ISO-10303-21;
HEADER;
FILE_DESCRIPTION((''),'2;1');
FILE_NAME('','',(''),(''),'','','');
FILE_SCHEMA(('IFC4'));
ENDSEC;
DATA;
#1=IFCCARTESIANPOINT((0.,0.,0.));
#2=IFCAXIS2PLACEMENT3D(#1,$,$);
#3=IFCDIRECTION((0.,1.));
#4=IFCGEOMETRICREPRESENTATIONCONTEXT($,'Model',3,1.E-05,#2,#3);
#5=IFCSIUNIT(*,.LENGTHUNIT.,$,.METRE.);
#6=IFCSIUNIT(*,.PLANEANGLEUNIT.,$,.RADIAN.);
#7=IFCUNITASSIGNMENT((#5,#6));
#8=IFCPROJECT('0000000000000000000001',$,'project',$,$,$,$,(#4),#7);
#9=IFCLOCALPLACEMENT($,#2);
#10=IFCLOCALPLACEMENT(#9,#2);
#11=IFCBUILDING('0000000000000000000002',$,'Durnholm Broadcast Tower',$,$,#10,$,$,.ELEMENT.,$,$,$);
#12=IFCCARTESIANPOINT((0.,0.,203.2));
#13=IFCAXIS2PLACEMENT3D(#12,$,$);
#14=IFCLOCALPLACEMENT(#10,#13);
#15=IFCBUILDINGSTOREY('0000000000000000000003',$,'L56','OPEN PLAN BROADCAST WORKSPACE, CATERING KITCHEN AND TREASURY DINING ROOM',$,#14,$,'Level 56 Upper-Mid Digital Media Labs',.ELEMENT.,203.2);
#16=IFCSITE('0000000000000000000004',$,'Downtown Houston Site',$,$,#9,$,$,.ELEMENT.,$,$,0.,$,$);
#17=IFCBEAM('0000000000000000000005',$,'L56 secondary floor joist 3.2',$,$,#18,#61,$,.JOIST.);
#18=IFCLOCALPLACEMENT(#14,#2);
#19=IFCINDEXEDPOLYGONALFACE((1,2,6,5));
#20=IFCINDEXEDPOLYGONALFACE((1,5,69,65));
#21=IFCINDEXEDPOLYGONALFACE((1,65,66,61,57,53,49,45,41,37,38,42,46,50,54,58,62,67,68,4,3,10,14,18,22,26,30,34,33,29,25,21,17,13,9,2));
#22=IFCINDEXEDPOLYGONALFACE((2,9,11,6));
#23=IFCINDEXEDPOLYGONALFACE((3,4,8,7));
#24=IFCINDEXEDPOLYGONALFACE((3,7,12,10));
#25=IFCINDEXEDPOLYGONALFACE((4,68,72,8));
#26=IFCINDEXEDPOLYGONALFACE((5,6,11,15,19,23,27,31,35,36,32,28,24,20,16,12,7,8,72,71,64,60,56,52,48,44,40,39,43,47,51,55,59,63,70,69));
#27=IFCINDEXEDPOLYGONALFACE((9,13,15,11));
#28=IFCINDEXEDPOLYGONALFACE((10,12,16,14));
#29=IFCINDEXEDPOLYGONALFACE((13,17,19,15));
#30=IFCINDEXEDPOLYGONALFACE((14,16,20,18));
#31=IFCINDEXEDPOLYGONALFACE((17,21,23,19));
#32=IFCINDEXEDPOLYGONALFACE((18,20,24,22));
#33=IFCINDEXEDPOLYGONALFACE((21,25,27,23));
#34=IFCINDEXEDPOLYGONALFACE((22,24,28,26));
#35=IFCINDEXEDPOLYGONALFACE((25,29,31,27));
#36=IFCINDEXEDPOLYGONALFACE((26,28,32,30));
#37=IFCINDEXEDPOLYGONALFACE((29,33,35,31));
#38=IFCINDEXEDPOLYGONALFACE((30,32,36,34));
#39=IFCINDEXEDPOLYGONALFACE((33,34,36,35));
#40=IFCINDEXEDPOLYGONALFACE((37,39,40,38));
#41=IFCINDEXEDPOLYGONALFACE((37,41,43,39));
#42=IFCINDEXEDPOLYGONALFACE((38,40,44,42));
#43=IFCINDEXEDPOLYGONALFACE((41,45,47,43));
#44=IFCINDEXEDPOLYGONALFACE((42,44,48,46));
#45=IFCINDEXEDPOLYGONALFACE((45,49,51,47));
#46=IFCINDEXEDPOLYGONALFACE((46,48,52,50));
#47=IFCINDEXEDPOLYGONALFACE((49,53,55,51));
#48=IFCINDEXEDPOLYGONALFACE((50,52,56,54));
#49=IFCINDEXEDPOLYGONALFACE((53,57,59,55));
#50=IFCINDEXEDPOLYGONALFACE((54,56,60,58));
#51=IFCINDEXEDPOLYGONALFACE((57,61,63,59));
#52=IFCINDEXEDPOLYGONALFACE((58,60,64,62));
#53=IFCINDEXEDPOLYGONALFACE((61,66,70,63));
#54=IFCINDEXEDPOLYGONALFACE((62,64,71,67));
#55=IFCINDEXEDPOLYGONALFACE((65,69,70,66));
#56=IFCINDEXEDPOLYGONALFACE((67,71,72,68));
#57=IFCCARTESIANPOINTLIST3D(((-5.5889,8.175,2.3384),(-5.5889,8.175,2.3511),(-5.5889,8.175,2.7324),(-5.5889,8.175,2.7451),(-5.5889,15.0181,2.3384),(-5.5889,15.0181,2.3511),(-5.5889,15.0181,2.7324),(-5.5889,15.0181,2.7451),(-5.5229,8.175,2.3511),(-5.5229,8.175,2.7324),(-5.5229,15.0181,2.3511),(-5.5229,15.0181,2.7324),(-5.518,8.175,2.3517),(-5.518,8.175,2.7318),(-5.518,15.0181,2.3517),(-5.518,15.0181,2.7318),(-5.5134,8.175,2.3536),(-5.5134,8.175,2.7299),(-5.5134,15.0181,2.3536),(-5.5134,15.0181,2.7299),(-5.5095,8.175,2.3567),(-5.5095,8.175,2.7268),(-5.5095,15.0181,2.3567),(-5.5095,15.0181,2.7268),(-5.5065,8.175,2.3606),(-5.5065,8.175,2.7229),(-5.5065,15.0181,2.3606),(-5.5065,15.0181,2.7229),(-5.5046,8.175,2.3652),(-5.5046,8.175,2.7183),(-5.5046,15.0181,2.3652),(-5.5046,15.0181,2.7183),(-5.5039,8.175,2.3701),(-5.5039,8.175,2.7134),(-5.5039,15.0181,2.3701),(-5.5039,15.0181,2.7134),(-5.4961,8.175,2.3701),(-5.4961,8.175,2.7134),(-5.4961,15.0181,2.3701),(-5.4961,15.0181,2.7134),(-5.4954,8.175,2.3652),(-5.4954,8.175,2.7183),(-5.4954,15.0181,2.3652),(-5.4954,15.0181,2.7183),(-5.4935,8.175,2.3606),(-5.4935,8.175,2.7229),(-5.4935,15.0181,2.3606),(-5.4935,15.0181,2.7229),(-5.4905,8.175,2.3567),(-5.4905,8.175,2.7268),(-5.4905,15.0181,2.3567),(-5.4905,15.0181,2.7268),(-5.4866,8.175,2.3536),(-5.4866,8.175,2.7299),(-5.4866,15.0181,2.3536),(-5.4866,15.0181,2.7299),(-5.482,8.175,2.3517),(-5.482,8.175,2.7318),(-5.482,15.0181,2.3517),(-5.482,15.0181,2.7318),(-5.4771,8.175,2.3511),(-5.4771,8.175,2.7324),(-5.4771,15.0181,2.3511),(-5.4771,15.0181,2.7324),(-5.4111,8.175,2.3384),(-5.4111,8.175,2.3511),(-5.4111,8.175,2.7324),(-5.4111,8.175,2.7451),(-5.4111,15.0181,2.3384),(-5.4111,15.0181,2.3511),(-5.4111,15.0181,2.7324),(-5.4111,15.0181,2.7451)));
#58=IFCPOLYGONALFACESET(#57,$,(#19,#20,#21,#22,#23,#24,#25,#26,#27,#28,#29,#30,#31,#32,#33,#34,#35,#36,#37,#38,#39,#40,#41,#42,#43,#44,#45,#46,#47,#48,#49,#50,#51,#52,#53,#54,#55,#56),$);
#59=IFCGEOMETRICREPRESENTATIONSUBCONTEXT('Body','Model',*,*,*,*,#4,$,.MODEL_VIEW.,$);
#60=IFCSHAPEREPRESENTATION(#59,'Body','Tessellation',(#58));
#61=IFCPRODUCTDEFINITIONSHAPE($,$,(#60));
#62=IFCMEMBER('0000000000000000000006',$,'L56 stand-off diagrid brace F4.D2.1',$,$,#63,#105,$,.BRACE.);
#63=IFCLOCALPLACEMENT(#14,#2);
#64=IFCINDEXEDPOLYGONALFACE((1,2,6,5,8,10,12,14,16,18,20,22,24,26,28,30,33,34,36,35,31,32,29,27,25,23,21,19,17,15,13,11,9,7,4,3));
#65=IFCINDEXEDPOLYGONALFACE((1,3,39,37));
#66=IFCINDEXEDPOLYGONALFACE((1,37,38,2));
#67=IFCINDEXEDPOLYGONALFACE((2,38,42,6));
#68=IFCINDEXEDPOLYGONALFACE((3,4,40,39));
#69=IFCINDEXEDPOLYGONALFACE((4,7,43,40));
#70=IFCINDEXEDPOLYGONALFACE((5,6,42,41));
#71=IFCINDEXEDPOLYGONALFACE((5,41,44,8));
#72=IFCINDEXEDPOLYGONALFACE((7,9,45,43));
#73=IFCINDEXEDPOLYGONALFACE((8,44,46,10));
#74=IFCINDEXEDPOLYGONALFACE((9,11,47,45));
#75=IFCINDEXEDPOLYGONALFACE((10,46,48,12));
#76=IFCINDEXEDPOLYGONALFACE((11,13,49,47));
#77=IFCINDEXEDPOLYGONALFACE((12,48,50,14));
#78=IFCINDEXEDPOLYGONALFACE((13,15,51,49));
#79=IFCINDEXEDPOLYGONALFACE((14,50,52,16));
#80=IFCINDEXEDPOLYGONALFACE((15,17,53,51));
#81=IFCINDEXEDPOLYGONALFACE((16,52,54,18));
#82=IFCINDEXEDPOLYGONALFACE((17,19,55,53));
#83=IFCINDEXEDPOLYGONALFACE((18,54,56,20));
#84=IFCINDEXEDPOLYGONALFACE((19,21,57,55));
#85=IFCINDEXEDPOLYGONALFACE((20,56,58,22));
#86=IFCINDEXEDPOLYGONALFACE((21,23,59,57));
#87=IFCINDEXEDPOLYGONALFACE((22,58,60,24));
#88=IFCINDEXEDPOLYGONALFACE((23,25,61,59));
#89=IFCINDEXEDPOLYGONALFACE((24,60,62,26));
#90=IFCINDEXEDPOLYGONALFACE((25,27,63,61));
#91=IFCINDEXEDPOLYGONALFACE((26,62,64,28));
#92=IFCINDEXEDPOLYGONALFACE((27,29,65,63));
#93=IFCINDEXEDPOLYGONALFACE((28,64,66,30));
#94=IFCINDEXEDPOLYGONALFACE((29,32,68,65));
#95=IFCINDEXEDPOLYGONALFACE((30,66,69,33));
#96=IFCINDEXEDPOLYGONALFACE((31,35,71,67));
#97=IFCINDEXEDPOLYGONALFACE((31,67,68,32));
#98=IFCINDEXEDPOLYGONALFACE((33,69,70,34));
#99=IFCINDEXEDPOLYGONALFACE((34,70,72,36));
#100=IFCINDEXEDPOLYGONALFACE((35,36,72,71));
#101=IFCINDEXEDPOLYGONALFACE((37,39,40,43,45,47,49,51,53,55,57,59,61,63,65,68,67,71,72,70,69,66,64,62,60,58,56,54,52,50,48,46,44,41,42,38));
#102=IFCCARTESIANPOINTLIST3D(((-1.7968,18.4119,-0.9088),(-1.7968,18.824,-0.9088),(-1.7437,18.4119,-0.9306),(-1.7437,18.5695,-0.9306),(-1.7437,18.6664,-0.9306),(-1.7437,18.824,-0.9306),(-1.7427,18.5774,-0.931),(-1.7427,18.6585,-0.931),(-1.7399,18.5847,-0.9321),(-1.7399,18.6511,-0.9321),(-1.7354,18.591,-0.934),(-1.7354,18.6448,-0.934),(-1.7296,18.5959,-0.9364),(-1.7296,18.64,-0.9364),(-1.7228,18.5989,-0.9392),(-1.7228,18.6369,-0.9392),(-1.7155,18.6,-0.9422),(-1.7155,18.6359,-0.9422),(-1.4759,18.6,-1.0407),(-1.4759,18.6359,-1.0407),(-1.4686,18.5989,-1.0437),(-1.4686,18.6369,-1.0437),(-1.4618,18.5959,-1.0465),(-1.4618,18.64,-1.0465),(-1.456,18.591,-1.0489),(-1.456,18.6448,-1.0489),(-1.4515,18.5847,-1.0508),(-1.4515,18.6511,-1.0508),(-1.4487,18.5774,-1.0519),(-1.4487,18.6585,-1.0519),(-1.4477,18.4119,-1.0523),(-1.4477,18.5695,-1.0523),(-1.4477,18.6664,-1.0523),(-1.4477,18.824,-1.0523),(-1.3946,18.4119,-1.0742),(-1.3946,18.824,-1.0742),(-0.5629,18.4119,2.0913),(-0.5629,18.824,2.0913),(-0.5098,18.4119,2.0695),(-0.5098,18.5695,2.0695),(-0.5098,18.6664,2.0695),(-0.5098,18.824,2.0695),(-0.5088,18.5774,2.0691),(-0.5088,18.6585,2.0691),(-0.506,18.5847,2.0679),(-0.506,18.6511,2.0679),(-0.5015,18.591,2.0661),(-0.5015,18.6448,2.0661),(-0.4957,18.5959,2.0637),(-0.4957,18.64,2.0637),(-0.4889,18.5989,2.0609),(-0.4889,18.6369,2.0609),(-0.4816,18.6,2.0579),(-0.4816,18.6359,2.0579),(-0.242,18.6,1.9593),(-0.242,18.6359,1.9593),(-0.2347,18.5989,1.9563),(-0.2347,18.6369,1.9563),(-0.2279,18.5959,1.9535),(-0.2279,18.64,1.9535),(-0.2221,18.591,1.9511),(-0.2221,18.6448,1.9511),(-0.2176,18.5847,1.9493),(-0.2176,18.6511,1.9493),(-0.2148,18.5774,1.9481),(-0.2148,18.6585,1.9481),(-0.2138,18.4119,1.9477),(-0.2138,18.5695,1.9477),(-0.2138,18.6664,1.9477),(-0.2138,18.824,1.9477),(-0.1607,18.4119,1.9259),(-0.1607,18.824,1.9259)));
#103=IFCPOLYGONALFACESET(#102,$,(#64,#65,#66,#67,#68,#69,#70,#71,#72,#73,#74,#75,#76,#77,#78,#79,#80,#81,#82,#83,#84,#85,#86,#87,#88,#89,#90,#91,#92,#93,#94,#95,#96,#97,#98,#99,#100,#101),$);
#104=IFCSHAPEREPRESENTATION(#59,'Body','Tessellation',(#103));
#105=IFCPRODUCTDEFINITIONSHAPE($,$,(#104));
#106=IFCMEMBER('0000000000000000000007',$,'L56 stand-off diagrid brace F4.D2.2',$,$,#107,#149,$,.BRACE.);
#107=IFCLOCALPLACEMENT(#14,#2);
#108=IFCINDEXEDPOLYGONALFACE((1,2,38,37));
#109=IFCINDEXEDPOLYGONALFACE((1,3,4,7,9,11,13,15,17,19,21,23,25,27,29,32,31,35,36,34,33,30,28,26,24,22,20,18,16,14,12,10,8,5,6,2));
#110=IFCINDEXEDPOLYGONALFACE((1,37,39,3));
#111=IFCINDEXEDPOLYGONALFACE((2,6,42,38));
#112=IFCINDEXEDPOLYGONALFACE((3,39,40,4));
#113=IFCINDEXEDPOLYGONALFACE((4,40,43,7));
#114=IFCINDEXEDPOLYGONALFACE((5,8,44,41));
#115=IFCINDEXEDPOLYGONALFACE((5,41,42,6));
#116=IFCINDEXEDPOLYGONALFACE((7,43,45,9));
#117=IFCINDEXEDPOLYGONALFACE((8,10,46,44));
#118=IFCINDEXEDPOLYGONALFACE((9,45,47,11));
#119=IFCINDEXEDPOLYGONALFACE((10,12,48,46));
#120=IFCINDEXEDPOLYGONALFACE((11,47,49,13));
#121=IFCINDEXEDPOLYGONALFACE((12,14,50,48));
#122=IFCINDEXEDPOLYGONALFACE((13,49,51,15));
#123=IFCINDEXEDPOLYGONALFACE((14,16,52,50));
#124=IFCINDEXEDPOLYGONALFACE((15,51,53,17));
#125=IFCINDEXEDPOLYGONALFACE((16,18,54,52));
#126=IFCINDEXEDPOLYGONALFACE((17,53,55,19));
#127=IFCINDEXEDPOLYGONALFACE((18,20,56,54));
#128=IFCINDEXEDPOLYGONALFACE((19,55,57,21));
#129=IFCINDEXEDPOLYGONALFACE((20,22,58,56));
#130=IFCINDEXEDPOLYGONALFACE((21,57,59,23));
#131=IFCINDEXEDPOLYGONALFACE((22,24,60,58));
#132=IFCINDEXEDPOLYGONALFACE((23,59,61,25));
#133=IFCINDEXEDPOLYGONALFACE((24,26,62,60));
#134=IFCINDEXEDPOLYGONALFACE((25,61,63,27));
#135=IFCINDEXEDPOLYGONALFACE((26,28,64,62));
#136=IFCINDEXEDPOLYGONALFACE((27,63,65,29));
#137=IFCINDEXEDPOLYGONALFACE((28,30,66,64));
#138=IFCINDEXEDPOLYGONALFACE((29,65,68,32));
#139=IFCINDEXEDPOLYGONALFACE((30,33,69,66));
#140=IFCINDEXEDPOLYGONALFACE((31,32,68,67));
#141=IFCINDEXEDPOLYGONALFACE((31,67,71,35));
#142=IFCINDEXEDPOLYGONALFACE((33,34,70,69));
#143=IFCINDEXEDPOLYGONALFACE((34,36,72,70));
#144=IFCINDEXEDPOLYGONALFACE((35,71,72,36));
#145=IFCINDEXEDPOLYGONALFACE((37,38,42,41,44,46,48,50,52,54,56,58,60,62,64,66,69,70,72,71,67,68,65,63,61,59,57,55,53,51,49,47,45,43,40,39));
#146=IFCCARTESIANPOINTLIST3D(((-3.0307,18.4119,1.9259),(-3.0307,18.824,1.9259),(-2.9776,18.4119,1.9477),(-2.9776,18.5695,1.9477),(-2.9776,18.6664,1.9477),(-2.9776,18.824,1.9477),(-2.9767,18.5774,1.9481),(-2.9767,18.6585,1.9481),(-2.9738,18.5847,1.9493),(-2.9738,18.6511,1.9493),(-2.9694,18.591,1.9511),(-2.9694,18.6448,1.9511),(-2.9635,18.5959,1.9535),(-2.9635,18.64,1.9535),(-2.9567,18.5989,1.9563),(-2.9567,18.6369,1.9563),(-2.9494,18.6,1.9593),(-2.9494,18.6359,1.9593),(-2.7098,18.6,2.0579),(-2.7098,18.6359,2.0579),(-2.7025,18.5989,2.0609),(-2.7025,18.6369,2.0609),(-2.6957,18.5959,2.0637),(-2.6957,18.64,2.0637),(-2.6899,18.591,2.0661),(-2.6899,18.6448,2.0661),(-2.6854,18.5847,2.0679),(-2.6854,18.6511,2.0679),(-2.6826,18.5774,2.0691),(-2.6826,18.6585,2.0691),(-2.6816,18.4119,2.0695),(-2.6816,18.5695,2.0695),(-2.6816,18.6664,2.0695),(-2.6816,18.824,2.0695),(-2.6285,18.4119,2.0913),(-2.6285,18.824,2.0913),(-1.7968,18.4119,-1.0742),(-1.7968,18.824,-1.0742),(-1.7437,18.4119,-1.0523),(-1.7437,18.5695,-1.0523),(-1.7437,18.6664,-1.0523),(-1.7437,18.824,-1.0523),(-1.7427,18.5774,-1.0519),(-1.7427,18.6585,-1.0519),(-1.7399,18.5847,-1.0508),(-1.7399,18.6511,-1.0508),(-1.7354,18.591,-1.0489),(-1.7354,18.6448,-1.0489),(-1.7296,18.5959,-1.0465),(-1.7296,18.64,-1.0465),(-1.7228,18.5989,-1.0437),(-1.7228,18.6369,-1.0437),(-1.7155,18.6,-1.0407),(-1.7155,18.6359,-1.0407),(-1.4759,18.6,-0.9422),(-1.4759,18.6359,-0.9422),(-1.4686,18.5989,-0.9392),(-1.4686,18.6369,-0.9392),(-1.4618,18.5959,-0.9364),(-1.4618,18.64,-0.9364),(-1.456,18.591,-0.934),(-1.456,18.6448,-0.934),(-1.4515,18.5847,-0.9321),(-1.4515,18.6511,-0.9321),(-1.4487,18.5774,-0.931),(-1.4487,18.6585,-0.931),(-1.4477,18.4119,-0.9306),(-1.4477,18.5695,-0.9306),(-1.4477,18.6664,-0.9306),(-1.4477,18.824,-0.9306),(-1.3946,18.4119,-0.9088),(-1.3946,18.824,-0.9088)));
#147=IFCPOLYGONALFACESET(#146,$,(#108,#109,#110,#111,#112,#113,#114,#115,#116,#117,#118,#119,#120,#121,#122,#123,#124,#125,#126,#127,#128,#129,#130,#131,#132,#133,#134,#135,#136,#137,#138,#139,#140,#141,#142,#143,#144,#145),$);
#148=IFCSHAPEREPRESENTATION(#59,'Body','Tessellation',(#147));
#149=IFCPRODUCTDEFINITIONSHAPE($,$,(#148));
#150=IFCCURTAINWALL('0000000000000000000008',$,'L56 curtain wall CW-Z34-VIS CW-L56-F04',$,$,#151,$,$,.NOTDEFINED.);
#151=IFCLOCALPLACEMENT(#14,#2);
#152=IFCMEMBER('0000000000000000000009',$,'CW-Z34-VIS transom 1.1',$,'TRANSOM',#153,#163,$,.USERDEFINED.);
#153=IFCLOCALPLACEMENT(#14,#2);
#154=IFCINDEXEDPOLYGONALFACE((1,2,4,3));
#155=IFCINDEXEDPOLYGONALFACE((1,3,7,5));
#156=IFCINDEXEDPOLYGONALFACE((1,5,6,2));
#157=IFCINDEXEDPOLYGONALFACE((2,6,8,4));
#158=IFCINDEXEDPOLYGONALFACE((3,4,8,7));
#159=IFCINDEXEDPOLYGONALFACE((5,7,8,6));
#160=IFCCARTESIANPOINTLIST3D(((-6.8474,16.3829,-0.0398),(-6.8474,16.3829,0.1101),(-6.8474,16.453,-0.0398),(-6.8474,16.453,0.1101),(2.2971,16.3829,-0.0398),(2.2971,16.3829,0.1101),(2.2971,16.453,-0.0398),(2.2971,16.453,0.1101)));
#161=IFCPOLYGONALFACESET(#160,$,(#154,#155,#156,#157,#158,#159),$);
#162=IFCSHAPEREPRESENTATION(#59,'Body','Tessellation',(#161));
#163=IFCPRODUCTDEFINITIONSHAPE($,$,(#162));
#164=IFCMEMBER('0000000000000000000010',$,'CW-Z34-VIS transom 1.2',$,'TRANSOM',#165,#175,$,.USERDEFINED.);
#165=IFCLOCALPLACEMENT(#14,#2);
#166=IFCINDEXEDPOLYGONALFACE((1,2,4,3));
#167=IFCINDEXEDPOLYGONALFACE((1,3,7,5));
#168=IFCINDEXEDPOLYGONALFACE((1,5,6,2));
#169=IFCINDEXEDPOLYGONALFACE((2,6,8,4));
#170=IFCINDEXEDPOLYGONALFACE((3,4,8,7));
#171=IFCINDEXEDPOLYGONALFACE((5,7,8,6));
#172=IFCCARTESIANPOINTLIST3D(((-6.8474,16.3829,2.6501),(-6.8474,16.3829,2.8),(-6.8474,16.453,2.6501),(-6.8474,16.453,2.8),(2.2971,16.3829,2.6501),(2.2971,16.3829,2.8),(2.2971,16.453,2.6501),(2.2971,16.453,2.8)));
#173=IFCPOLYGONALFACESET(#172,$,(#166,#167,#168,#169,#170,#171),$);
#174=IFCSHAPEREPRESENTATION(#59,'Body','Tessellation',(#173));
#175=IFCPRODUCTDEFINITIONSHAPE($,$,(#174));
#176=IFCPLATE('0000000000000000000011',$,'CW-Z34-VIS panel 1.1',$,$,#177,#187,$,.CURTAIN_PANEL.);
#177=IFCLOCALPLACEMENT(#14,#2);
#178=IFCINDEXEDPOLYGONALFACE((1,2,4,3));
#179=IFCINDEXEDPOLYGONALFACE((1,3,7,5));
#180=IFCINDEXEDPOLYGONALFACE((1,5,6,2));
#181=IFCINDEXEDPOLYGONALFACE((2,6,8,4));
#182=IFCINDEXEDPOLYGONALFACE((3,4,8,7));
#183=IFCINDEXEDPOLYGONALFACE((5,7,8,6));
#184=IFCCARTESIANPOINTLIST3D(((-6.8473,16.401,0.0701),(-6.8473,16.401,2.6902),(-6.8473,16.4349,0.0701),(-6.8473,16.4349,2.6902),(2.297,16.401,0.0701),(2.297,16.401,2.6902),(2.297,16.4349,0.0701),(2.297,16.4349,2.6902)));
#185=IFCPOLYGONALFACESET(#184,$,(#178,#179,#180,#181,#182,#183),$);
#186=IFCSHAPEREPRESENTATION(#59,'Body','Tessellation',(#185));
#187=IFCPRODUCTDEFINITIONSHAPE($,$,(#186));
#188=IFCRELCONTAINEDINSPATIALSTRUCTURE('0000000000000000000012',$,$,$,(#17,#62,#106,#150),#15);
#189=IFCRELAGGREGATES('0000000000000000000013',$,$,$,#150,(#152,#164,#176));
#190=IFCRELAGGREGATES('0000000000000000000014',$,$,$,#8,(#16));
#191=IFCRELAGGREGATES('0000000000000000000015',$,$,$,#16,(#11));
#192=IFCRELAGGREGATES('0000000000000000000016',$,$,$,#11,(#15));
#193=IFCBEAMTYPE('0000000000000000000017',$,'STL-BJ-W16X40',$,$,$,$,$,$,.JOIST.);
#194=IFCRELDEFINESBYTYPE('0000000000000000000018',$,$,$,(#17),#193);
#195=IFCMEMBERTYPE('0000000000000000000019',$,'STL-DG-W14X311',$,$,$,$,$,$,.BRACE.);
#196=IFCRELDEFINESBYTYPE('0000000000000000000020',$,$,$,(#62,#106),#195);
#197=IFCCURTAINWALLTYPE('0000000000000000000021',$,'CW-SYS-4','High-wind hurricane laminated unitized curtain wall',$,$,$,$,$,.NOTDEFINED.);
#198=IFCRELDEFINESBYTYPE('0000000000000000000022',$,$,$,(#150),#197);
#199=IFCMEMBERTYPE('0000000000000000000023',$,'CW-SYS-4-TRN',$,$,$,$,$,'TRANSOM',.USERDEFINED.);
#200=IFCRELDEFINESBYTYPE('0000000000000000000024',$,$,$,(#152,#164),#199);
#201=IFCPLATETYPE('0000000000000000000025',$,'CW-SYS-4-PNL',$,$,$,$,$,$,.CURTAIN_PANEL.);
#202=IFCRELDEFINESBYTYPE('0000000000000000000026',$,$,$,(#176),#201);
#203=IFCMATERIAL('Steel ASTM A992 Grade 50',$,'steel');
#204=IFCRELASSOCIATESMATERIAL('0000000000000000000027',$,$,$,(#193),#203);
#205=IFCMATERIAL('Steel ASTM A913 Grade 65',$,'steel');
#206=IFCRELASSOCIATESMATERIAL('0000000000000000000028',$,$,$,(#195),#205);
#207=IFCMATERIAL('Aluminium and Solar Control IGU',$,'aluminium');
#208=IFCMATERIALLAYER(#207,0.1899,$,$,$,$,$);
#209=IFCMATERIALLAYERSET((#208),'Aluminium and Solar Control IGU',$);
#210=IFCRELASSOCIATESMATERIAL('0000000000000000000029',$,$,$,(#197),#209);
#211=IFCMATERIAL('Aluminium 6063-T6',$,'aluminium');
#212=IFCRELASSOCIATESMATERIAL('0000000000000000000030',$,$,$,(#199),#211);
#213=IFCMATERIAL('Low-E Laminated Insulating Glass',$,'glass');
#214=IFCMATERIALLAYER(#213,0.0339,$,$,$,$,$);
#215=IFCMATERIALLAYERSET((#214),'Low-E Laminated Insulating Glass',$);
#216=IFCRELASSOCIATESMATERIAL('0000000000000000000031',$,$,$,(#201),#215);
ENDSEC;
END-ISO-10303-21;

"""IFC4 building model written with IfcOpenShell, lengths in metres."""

from ifc_helpers import new_model, si_unit, direction, frame, origin, origin_2d, place, context, subcontext, project, spatial, rectangle, i_section, extrude, source, transform, mapped, material, layer, layer_set, material_profile, profile_set, type_object, type_shapes, element, aggregate, save


model = new_model("IFC4")

# Units and contexts
model_context = context("Model", 3, precision=1e-05, world=origin(), true_north=direction((0.0, 1.0)))
body_context = subcontext(model_context, "Body", "Model", "MODEL_VIEW")
ifc_project = project(units=[si_unit("LENGTHUNIT", "METRE"), si_unit("PLANEANGLEUNIT", "RADIAN")], contexts=[model_context])

# Site, building, storey
site_placement = place(None, origin())
site = spatial("IfcSite", under=ifc_project, at=site_placement, Name="Downtown Houston Site", CompositionType="ELEMENT", RefElevation=0.0)
building_placement = place(site_placement, origin())
building = spatial("IfcBuilding", under=site, at=building_placement, Name="Durnholm Broadcast Tower", CompositionType="ELEMENT")
storey_placement = place(building_placement, frame((0.0, 0.0, 203.2)))
storey = spatial("IfcBuildingStorey", under=building, at=storey_placement, Name="L56", Description="OPEN PLAN BROADCAST WORKSPACE, CATERING KITCHEN AND TREASURY DINING ROOM", LongName="Level 56 Upper-Mid Digital Media Labs", CompositionType="ELEMENT", Elevation=203.2)

# Beam
ifc_material_1 = material(Name="Steel ASTM A992 Grade 50", Category="steel")
ifc_material_profile_1 = material_profile(ifc_material_1, i_section(OverallWidth=0.1777, OverallDepth=0.4067, WebThickness=0.0078, FlangeThickness=0.0127, FilletRadius=0.019, at=origin_2d()), Name="W16X40")
ifc_profile_set_1 = profile_set([ifc_material_profile_1], Name="Steel ASTM A992 Grade 50")
beam_type_1 = type_object("IfcBeamType", Name="STL-BJ-W16X40", PredefinedType="JOIST", material=ifc_profile_set_1)
shared_shape_1 = source(origin(), body_context, "Body", "SweptSolid", [
    extrude(i_section(OverallWidth=0.1777, OverallDepth=0.4067, WebThickness=0.0078, FlangeThickness=0.0127, FilletRadius=0.019, at=origin_2d()), origin(), (0.0, 0.0, 1.0), 6.843),
])
type_shapes(beam_type_1, [shared_shape_1])
beam_1_placement = place(storey_placement, frame((-5.5, 8.175, 2.5417), z_axis=(0.0, 1.0, 0.0), x_axis=(-1.0, 0.0, 0.0)))
element("IfcBeam", 1, at=beam_1_placement, inside=storey, type_object=beam_type_1, Name="L56 secondary floor joist 3.2", PredefinedType="JOIST", context=body_context, shape_type="MappedRepresentation", body=[
    mapped(shared_shape_1, transform((0.0, 0.0, 0.0), x_axis=(1.0, 0.0, 0.0), y_axis=(0.0, 1.0, 0.0), z_axis=(0.0, 0.0, 1.0), scale=1.0)),
])

# Members
ifc_material_2 = material(Name="Steel ASTM A913 Grade 65", Category="steel")
ifc_material_profile_2 = material_profile(ifc_material_2, i_section(OverallWidth=0.4121, OverallDepth=0.4348, WebThickness=0.0359, FlangeThickness=0.0574, FilletRadius=0.0305, at=origin_2d()), Name="W14X311")
ifc_profile_set_2 = profile_set([ifc_material_profile_2], Name="Steel ASTM A913 Grade 65")
member_type_1 = type_object("IfcMemberType", Name="STL-DG-W14X311", PredefinedType="BRACE", material=ifc_profile_set_2)
shared_shape_2 = source(origin(), body_context, "Body", "SweptSolid", [
    extrude(i_section(OverallWidth=0.4121, OverallDepth=0.4348, WebThickness=0.0359, FlangeThickness=0.0574, FilletRadius=0.0305, at=origin_2d()), origin(), (0.0, 0.0, 1.0), 3.2439),
])
type_shapes(member_type_1, [shared_shape_2])
for number, where, z_axis, x_axis, name in (
    (2, (-1.5957, 18.6179, -0.9915), (0.380379, 0.0, 0.924831), (0.0, 1.0, 0.0), "L56 stand-off diagrid brace F4.D2.1"),
    (3, (-1.5957, 18.6179, -0.9915), (-0.380379, 0.0, 0.924831), (0.0, -1.0, 0.0), "L56 stand-off diagrid brace F4.D2.2"),
):
    element("IfcMember", number, at=place(storey_placement, frame(where, z_axis=z_axis, x_axis=x_axis)), inside=storey, type_object=member_type_1, Name=name, PredefinedType="BRACE", context=body_context, shape_type="MappedRepresentation", body=[
        mapped(shared_shape_2, transform((0.0, 0.0, 0.0), x_axis=(1.0, 0.0, 0.0), y_axis=(0.0, 1.0, 0.0), z_axis=(0.0, 0.0, 1.0), scale=1.0)),
    ])

# Curtain wall, members, plate
ifc_material_3 = material(Name="Aluminium and Solar Control IGU", Category="aluminium")
ifc_layer_1 = layer(ifc_material_3, 0.1899)
ifc_layer_set_1 = layer_set([ifc_layer_1], Name="Aluminium and Solar Control IGU")
curtain_wall_type = type_object("IfcCurtainWallType", Name="CW-SYS-4", Description="High-wind hurricane laminated unitized curtain wall", PredefinedType="NOTDEFINED", material=ifc_layer_set_1)
curtain_wall_placement = place(storey_placement, origin())
curtain_wall = element("IfcCurtainWall", 4, at=curtain_wall_placement, inside=storey, type_object=curtain_wall_type, Name="L56 curtain wall CW-Z34-VIS CW-L56-F04", PredefinedType="NOTDEFINED")
ifc_material_4 = material(Name="Aluminium 6063-T6", Category="aluminium")
ifc_material_profile_3 = material_profile(ifc_material_4, rectangle(XDim=0.0701, YDim=0.1499, at=origin_2d()), Name="CWT70X150")
ifc_profile_set_3 = profile_set([ifc_material_profile_3], Name="Aluminium 6063-T6")
member_type_2 = type_object("IfcMemberType", Name="CW-SYS-4-TRN", ElementType="TRANSOM", PredefinedType="USERDEFINED", material=ifc_profile_set_3)
shared_shape_3 = source(origin(), body_context, "Body", "SweptSolid", [
    extrude(rectangle(XDim=0.0701, YDim=0.1499, at=origin_2d()), origin(), (0.0, 0.0, 1.0), 9.1445),
])
type_shapes(member_type_2, [shared_shape_3])
member_1_placement = place(storey_placement, frame((-6.8474, 16.418, 0.0352), z_axis=(1.0, 0.0, 0.0), x_axis=(0.0, 1.0, 0.0)))
member_1 = element("IfcMember", 5, at=member_1_placement, type_object=member_type_2, Name="CW-Z34-VIS transom 1.1", ObjectType="TRANSOM", PredefinedType="USERDEFINED", context=body_context, shape_type="MappedRepresentation", body=[
    mapped(shared_shape_3, transform((0.0, 0.0, 0.0), x_axis=(1.0, 0.0, 0.0), y_axis=(0.0, 1.0, 0.0), z_axis=(0.0, 0.0, 1.0), scale=1.0)),
])
member_2_placement = place(storey_placement, frame((-6.8474, 16.418, 2.7251), z_axis=(1.0, 0.0, 0.0), x_axis=(0.0, 1.0, 0.0)))
member_2 = element("IfcMember", 6, at=member_2_placement, type_object=member_type_2, Name="CW-Z34-VIS transom 1.2", ObjectType="TRANSOM", PredefinedType="USERDEFINED", context=body_context, shape_type="MappedRepresentation", body=[
    mapped(shared_shape_3, transform((0.0, 0.0, 0.0), x_axis=(1.0, 0.0, 0.0), y_axis=(0.0, 1.0, 0.0), z_axis=(0.0, 0.0, 1.0), scale=1.0)),
])
ifc_material_5 = material(Name="Low-E Laminated Insulating Glass", Category="glass")
ifc_layer_2 = layer(ifc_material_5, 0.0339)
ifc_layer_set_2 = layer_set([ifc_layer_2], Name="Low-E Laminated Insulating Glass")
plate_type = type_object("IfcPlateType", Name="CW-SYS-4-PNL", PredefinedType="CURTAIN_PANEL", material=ifc_layer_set_2)
shared_shape_4 = source(origin(), body_context, "Body", "SweptSolid", [
    extrude(rectangle(XDim=9.1443, YDim=0.0339, at=origin_2d()), origin(), (0.0, 0.0, 1.0), 2.6201),
])
type_shapes(plate_type, [shared_shape_4])
plate_placement = place(storey_placement, frame((-2.2751, 16.418, 0.0701), z_axis=(0.0, 0.0, 1.0), x_axis=(1.0, 0.0, 0.0)))
plate = element("IfcPlate", 7, at=plate_placement, type_object=plate_type, Name="CW-Z34-VIS panel 1.1", PredefinedType="CURTAIN_PANEL", context=body_context, shape_type="MappedRepresentation", body=[
    mapped(shared_shape_4, transform((0.0, 0.0, 0.0), x_axis=(1.0, 0.0, 0.0), y_axis=(0.0, 1.0, 0.0), z_axis=(0.0, 0.0, 1.0), scale=1.0)),
])
aggregate(curtain_wall, [member_1, member_2, plate])

save(model, "model.ifc")
